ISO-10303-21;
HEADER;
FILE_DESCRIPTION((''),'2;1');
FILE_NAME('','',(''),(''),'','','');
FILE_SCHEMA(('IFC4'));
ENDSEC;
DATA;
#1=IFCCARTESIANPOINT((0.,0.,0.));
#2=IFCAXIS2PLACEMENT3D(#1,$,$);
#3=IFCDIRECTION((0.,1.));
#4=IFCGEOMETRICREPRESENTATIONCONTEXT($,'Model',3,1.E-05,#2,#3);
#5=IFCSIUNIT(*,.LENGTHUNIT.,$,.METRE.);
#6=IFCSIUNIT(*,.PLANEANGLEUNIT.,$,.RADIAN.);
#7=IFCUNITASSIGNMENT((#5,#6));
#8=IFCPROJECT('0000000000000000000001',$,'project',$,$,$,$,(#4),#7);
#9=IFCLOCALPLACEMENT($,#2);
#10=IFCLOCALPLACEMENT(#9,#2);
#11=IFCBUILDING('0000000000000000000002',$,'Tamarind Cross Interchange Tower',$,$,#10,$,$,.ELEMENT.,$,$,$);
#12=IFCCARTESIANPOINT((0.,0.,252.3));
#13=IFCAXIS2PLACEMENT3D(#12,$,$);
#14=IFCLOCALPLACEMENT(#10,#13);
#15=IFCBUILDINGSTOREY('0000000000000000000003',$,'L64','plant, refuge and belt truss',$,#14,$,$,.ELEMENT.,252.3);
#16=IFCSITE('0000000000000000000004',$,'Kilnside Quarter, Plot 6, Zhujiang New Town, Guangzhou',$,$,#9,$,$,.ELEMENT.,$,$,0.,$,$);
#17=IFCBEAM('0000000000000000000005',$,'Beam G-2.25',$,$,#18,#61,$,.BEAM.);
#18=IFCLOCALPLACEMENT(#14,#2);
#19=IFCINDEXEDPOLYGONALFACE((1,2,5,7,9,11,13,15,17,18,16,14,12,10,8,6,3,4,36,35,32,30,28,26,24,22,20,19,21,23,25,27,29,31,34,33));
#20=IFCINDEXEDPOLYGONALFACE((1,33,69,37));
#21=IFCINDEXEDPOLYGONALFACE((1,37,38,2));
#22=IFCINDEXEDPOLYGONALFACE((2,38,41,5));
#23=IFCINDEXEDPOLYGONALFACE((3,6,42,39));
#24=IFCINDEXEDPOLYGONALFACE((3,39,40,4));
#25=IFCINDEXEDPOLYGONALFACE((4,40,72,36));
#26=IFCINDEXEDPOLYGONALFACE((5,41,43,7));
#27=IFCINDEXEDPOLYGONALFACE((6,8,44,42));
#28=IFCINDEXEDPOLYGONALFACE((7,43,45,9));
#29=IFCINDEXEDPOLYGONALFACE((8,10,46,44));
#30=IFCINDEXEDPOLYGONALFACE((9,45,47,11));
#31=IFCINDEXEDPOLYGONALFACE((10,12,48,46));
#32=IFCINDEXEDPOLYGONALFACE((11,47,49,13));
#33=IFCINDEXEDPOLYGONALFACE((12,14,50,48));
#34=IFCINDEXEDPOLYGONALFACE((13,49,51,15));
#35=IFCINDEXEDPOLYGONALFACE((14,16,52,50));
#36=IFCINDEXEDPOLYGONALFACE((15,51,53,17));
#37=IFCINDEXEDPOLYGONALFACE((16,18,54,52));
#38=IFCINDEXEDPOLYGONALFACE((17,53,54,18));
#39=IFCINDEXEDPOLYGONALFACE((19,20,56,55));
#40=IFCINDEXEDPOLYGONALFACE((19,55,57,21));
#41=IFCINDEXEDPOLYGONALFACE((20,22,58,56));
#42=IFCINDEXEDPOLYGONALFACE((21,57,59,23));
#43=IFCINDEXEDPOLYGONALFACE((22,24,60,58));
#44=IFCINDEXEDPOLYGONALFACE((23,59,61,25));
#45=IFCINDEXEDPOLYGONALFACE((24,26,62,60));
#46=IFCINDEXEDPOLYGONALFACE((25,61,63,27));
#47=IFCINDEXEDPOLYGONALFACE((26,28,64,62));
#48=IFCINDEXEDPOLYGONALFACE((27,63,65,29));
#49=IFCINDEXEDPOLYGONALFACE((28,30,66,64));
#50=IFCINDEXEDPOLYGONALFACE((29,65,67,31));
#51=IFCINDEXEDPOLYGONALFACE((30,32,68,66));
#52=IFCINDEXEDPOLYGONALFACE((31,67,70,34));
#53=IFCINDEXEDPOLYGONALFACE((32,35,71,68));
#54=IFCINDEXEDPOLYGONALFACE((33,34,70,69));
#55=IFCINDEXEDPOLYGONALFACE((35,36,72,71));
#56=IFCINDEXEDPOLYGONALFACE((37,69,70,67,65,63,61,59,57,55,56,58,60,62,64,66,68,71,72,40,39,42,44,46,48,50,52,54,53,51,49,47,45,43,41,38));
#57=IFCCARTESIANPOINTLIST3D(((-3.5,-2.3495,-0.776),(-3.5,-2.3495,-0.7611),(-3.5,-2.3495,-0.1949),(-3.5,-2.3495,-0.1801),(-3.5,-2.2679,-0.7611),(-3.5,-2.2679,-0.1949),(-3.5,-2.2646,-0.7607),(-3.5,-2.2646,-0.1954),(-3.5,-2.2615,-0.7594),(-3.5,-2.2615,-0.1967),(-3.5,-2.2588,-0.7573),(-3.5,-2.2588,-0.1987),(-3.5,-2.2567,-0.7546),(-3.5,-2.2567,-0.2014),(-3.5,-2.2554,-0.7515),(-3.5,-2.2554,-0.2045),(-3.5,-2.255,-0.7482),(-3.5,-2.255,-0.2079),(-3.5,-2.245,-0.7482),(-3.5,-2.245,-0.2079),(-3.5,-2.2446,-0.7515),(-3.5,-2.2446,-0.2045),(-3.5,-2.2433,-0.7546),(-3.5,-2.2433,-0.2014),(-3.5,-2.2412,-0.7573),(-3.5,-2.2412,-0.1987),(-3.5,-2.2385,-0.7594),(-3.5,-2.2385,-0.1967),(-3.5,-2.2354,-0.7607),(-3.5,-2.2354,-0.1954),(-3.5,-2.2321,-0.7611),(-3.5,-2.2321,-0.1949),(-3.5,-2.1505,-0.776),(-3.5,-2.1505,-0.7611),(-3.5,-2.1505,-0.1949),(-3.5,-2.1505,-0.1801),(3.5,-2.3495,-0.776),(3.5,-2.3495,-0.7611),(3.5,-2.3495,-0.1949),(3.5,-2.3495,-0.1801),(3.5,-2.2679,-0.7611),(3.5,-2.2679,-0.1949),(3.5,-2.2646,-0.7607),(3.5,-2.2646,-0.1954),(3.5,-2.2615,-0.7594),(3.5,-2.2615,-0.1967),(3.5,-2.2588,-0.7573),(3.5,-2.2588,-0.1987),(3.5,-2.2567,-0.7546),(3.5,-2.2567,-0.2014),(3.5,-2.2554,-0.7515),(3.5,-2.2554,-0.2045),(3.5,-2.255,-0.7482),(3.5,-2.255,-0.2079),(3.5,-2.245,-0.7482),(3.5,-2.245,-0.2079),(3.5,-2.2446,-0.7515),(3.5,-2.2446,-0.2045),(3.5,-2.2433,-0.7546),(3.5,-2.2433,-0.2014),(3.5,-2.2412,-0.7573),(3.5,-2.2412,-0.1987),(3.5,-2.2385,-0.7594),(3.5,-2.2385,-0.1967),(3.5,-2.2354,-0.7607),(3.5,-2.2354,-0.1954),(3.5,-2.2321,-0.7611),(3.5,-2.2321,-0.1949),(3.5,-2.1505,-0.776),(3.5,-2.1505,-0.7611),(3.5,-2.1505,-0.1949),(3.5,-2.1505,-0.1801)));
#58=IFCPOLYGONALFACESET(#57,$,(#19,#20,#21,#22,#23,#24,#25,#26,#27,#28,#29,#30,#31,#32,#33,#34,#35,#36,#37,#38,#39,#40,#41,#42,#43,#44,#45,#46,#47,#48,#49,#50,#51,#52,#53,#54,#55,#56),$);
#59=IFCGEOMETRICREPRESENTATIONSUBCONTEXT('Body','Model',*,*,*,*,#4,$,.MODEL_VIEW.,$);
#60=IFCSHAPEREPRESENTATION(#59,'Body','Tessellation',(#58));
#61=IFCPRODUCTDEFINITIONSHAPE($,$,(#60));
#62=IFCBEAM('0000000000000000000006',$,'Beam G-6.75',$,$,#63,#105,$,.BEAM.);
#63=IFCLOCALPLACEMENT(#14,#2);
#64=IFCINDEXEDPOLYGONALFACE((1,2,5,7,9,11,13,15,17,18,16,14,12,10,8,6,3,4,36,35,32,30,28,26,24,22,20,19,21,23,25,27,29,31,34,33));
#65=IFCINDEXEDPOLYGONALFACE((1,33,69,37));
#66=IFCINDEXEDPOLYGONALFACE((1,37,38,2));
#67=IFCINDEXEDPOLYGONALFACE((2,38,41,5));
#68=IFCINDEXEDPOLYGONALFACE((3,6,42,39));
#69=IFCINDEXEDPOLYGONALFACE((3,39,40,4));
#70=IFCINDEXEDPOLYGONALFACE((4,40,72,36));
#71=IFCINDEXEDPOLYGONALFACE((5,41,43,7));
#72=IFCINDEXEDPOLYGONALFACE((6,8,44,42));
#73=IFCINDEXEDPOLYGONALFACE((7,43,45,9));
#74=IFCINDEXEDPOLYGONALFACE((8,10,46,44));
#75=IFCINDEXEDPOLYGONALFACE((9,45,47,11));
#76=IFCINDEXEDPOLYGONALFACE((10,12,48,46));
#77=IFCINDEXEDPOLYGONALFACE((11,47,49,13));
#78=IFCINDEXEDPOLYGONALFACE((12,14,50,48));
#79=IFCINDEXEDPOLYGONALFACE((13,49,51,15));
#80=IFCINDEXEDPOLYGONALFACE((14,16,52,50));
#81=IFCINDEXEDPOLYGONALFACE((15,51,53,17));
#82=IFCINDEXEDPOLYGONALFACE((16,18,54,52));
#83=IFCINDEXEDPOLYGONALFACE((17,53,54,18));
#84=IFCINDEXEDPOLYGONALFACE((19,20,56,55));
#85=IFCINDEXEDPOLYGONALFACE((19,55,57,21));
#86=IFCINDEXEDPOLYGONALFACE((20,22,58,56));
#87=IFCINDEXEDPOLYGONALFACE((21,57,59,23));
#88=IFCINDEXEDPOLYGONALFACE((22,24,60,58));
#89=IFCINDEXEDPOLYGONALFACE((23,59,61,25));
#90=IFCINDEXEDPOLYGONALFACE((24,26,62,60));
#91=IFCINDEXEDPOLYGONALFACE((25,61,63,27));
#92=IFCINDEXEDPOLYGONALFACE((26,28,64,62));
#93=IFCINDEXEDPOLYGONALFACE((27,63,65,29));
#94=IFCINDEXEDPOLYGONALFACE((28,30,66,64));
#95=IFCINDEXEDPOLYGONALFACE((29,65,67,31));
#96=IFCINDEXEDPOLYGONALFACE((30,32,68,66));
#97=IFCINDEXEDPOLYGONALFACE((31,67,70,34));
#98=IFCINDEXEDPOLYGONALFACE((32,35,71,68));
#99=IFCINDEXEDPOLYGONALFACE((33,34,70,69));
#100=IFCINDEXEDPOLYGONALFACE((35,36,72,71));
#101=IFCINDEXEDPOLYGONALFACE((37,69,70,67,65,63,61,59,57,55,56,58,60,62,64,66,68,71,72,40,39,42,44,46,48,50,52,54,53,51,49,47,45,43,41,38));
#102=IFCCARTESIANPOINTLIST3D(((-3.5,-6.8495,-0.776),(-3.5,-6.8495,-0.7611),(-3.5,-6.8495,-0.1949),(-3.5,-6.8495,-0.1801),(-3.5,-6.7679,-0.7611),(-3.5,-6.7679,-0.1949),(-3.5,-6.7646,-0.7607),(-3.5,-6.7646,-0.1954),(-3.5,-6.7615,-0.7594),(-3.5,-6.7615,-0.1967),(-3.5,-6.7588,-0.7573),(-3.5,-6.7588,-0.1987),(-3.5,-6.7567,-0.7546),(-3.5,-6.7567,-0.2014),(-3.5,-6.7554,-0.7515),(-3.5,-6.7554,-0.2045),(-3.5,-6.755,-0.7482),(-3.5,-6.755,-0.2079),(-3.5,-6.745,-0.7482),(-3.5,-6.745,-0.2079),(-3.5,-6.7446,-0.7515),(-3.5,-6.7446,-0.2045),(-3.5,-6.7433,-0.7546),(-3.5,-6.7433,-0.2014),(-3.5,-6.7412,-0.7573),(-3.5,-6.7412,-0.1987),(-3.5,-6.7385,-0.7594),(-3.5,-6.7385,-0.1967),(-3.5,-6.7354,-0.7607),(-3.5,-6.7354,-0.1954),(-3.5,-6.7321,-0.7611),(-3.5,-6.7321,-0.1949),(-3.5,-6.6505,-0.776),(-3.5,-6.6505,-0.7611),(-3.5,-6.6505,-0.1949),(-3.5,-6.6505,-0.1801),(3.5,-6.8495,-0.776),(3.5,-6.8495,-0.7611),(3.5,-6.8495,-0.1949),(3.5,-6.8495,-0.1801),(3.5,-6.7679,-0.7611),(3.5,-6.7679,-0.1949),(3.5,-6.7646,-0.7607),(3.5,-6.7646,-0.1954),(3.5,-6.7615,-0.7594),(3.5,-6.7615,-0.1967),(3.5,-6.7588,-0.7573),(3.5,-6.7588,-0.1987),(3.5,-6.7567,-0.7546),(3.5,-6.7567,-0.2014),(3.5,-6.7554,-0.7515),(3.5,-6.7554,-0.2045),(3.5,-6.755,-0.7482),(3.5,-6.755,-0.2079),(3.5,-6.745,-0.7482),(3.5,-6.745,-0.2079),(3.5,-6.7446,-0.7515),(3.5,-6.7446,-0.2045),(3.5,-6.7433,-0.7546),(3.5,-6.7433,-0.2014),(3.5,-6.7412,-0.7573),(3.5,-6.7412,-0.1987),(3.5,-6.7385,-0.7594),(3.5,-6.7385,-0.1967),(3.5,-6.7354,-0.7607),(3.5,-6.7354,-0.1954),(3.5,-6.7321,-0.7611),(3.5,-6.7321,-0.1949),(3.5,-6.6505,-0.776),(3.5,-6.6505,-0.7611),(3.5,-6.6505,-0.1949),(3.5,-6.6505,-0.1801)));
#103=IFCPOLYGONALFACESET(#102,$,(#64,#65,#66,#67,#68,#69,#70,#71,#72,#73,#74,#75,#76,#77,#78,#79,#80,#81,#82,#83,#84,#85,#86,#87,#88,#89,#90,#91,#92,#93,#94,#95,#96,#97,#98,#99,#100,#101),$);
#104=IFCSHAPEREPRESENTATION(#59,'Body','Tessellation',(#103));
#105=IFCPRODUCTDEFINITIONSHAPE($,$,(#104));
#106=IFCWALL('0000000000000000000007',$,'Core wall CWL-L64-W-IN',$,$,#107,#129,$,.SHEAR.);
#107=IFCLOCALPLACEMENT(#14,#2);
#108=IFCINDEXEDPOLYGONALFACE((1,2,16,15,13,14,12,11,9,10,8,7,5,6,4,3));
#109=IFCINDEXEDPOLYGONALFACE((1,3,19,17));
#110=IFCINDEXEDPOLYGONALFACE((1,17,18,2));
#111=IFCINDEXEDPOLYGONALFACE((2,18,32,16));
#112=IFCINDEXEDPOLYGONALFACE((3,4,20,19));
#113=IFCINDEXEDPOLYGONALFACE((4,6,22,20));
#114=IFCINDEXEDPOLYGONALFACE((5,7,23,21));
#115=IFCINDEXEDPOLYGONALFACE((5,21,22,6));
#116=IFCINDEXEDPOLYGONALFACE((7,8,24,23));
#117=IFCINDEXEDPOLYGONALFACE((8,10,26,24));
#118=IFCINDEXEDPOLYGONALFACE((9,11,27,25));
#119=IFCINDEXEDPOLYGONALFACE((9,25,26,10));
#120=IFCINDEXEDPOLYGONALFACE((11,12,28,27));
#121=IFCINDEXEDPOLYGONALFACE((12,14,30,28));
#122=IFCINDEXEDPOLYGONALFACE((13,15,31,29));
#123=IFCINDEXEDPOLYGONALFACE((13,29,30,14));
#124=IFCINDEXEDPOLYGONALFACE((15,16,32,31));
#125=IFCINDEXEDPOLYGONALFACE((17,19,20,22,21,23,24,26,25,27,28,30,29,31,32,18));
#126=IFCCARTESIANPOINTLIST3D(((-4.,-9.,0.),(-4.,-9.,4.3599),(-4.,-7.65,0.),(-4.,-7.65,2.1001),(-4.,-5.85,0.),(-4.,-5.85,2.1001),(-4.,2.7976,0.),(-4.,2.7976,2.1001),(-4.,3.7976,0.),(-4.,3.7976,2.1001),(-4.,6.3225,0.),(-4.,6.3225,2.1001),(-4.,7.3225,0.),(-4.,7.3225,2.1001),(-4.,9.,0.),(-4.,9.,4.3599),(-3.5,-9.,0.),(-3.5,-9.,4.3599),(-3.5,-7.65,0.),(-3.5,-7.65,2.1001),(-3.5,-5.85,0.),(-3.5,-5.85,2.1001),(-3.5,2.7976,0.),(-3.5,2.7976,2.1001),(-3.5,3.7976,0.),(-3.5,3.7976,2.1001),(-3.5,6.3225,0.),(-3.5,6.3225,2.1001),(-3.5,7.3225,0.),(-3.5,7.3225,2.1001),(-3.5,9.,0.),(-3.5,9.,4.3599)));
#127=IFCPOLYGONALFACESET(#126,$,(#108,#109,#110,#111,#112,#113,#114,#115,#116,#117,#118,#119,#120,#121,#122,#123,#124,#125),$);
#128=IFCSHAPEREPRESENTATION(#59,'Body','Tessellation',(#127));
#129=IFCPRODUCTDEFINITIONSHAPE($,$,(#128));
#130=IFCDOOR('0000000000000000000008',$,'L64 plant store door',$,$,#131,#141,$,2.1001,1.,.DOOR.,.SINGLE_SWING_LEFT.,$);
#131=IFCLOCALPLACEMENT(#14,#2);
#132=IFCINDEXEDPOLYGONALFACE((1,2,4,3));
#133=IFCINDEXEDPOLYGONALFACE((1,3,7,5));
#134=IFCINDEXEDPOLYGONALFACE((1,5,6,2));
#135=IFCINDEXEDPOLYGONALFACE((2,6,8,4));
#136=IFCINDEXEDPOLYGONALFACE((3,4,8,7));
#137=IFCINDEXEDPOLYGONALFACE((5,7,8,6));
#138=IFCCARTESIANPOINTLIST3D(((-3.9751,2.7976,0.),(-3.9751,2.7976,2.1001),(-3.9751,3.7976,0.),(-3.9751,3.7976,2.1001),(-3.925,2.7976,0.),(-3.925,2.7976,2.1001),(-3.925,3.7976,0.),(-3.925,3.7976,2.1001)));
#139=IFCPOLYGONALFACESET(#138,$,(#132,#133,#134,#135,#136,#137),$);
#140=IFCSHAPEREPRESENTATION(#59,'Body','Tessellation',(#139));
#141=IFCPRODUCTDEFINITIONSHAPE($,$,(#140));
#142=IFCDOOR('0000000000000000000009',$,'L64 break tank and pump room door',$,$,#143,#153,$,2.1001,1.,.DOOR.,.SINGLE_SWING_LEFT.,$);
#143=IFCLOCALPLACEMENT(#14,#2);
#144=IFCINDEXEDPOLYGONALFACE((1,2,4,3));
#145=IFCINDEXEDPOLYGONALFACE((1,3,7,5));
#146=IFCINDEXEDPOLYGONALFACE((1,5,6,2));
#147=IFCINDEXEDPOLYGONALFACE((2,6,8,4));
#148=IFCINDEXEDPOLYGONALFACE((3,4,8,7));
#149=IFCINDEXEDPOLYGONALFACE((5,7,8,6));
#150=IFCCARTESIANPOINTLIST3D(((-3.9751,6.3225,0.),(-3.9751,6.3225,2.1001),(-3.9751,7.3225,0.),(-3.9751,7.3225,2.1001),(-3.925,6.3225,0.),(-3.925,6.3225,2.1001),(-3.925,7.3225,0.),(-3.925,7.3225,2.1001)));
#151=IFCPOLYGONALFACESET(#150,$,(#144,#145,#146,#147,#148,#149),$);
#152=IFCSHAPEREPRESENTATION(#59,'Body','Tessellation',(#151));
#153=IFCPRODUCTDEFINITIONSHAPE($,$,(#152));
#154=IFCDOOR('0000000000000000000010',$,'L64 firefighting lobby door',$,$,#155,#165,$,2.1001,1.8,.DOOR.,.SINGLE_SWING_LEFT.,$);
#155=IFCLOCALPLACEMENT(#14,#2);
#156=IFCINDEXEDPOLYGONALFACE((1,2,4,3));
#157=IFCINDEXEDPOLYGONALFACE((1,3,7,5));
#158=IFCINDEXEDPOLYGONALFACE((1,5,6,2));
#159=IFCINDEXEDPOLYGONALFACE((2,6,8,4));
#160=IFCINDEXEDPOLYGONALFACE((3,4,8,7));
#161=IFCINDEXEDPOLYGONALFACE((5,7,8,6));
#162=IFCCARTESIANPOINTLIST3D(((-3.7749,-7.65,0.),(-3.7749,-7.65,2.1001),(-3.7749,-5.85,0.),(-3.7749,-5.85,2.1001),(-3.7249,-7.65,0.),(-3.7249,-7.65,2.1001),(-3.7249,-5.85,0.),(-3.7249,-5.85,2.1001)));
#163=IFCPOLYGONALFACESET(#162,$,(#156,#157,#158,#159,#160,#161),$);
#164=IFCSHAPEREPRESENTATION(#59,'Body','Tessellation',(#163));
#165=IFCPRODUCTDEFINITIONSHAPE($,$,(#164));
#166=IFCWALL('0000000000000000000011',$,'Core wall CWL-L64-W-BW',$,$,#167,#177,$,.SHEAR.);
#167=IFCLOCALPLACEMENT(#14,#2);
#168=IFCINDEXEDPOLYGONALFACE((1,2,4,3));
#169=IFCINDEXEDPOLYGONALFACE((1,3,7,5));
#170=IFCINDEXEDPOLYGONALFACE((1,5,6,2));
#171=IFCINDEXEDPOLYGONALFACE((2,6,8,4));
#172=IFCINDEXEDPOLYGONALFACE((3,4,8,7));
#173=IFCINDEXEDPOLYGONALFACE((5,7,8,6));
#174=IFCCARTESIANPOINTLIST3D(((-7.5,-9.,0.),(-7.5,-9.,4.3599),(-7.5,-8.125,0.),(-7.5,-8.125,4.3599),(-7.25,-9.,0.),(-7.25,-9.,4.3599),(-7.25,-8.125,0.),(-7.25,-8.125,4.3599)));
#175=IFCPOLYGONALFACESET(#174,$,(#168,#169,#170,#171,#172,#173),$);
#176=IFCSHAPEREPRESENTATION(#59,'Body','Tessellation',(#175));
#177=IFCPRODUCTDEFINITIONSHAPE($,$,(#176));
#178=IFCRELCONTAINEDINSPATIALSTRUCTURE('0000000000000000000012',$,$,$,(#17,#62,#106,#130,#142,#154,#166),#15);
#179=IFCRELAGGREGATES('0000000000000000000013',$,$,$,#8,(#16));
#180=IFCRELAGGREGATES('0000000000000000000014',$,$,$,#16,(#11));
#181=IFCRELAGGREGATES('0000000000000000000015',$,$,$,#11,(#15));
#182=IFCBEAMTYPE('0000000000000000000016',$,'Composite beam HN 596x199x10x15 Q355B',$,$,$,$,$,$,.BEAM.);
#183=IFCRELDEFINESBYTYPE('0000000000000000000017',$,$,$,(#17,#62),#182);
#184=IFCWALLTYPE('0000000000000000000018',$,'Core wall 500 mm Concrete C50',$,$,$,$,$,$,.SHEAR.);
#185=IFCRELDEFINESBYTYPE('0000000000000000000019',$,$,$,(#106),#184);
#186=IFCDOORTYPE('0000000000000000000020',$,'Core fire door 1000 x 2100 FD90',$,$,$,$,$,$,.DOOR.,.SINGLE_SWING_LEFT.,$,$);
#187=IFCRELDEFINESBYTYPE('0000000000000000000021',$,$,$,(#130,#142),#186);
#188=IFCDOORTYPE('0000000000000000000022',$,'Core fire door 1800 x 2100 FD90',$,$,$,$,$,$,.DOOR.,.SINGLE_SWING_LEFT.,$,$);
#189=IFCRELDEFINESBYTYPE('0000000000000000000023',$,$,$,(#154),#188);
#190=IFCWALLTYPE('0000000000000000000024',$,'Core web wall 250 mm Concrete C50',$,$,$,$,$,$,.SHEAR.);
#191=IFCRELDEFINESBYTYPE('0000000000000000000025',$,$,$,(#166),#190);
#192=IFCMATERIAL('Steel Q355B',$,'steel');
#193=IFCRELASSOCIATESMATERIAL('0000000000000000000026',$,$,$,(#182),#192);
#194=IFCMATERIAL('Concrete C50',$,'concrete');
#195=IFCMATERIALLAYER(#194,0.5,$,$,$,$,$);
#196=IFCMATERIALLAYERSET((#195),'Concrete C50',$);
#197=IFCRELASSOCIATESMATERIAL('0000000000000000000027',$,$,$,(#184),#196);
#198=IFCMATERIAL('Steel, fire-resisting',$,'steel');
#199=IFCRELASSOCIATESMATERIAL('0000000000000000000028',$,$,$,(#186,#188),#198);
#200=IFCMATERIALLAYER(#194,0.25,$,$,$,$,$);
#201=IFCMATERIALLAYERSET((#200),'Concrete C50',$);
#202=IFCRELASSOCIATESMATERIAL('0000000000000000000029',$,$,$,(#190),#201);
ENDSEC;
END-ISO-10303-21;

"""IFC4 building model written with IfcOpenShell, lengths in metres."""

from ifc_helpers import new_model, si_unit, direction, frame, frame_2d, origin, origin_2d, place, context, subcontext, project, spatial, rectangle, i_section, extrude, material, layer, layer_set, material_profile, profile_set, type_object, element, fill, save


model = new_model("IFC4")

# Units and contexts
model_context = context("Model", 3, precision=1e-05, world=origin(), true_north=direction((0.0, 1.0)))
body_context = subcontext(model_context, "Body", "Model", "MODEL_VIEW")
ifc_project = project(units=[si_unit("LENGTHUNIT", "METRE"), si_unit("PLANEANGLEUNIT", "RADIAN")], contexts=[model_context])

# Site, building, storey
site_placement = place(None, origin())
site = spatial("IfcSite", under=ifc_project, at=site_placement, Name="Kilnside Quarter, Plot 6, Zhujiang New Town, Guangzhou", CompositionType="ELEMENT", RefElevation=0.0)
building_placement = place(site_placement, origin())
building = spatial("IfcBuilding", under=site, at=building_placement, Name="Tamarind Cross Interchange Tower", CompositionType="ELEMENT")
storey_placement = place(building_placement, frame((0.0, 0.0, 252.3)))
storey = spatial("IfcBuildingStorey", under=building, at=storey_placement, Name="L64", Description="plant, refuge and belt truss", CompositionType="ELEMENT", Elevation=252.3)

# Beams
ifc_material_1 = material(Name="Steel Q355B", Category="steel")
ifc_material_profile = material_profile(ifc_material_1, i_section(OverallWidth=0.199, OverallDepth=0.5959, WebThickness=0.01, FlangeThickness=0.0149, FilletRadius=0.0129, at=origin_2d()), Name="HN 596x199x10x15")
ifc_profile_set = profile_set([ifc_material_profile], Name="Steel Q355B")
beam_type = type_object("IfcBeamType", Name="Composite beam HN 596x199x10x15 Q355B", PredefinedType="BEAM", material=ifc_profile_set)
for number, where, z_axis, x_axis, name in (
    (1, (-3.5, -2.25, -0.478), (1.0, 0.0, 0.0), (0.0, 1.0, 0.0), "Beam G-2.25"),
    (2, (-3.5, -6.75, -0.478), (1.0, 0.0, 0.0), (0.0, 1.0, 0.0), "Beam G-6.75"),
):
    element("IfcBeam", number, at=place(storey_placement, frame(where, z_axis=z_axis, x_axis=x_axis)), inside=storey, type_object=beam_type, Name=name, PredefinedType="BEAM", context=body_context, shape_type="SweptSolid", body=[
        extrude(i_section(OverallWidth=0.199, OverallDepth=0.5959, WebThickness=0.01, FlangeThickness=0.0149, FilletRadius=0.0129, at=origin_2d()), origin(), (0.0, 0.0, 1.0), 7.0),
    ])

# Wall, openings, doors
ifc_material_2 = material(Name="Concrete C50", Category="concrete")
ifc_layer_1 = layer(ifc_material_2, 0.5)
ifc_layer_set_1 = layer_set([ifc_layer_1], Name="Concrete C50")
wall_type_1 = type_object("IfcWallType", Name="Core wall 500 mm Concrete C50", PredefinedType="SHEAR", material=ifc_layer_set_1)
wall_1_placement = place(storey_placement, frame((-3.75, -9.0, 0.0), z_axis=(0.0, 0.0, 1.0), x_axis=(0.0, 1.0, 0.0)))
wall_1 = element("IfcWall", 3, at=wall_1_placement, inside=storey, type_object=wall_type_1, Name="Core wall CWL-L64-W-IN", PredefinedType="SHEAR", context=body_context, shape_type="SweptSolid", body=[
    extrude(rectangle(XDim=18.0, YDim=0.5, at=frame_2d((9.0, 0.0))), origin(), (0.0, 0.0, 1.0), 4.3599),
])
opening_1_placement = place(wall_1_placement, frame((1.3501, 0.0, 0.0)))
opening_1 = element("IfcOpeningElement", 4, at=opening_1_placement, cuts=wall_1, PredefinedType="OPENING", context=body_context, shape_type="SweptSolid", body=[
    extrude(rectangle(XDim=1.8, YDim=2.1001, at=frame_2d((0.8999, 1.05))), frame((0.0, 0.26, 0.0), z_axis=(0.0, -1.0, 0.0), x_axis=(1.0, 0.0, 0.0)), (0.0, 0.0, 1.0), 0.52),
])
opening_2_placement = place(wall_1_placement, frame((11.7976, 0.0, 0.0)))
opening_2 = element("IfcOpeningElement", 5, at=opening_2_placement, cuts=wall_1, PredefinedType="OPENING", context=body_context, shape_type="SweptSolid", body=[
    extrude(rectangle(XDim=1.0, YDim=2.1001, at=frame_2d((0.5, 1.05))), frame((0.0, 0.26, 0.0), z_axis=(0.0, -1.0, 0.0), x_axis=(1.0, 0.0, 0.0)), (0.0, 0.0, 1.0), 0.52),
])
opening_3_placement = place(wall_1_placement, frame((15.3225, 0.0, 0.0)))
opening_3 = element("IfcOpeningElement", 6, at=opening_3_placement, cuts=wall_1, PredefinedType="OPENING", context=body_context, shape_type="SweptSolid", body=[
    extrude(rectangle(XDim=1.0, YDim=2.1001, at=frame_2d((0.5, 1.05))), frame((0.0, 0.26, 0.0), z_axis=(0.0, -1.0, 0.0), x_axis=(1.0, 0.0, 0.0)), (0.0, 0.0, 1.0), 0.52),
])
ifc_material_3 = material(Name="Steel, fire-resisting", Category="steel")
door_type_1 = type_object("IfcDoorType", Name="Core fire door 1000 x 2100 FD90", OperationType="SINGLE_SWING_LEFT", PredefinedType="DOOR", material=ifc_material_3)
door_1_placement = place(opening_2_placement, origin())
door_1 = element("IfcDoor", 7, at=door_1_placement, inside=storey, type_object=door_type_1, Name="L64 plant store door", OperationType="SINGLE_SWING_LEFT", OverallHeight=2.1001, OverallWidth=1.0, PredefinedType="DOOR", context=body_context, shape_type="SweptSolid", body=[
    extrude(rectangle(XDim=1.0, YDim=2.1001, at=frame_2d((0.5, 1.05))), frame((0.0, 0.2251, 0.0), z_axis=(0.0, -1.0, 0.0), x_axis=(1.0, 0.0, 0.0)), (0.0, 0.0, 1.0), 0.05),
])
fill(opening_2, door_1)
door_2_placement = place(opening_3_placement, origin())
door_2 = element("IfcDoor", 8, at=door_2_placement, inside=storey, type_object=door_type_1, Name="L64 break tank and pump room door", OperationType="SINGLE_SWING_LEFT", OverallHeight=2.1001, OverallWidth=1.0, PredefinedType="DOOR", context=body_context, shape_type="SweptSolid", body=[
    extrude(rectangle(XDim=1.0, YDim=2.1001, at=frame_2d((0.5, 1.05))), frame((0.0, 0.2251, 0.0), z_axis=(0.0, -1.0, 0.0), x_axis=(1.0, 0.0, 0.0)), (0.0, 0.0, 1.0), 0.05),
])
fill(opening_3, door_2)
door_type_2 = type_object("IfcDoorType", Name="Core fire door 1800 x 2100 FD90", OperationType="SINGLE_SWING_LEFT", PredefinedType="DOOR", material=ifc_material_3)
door_3_placement = place(opening_1_placement, origin())
door_3 = element("IfcDoor", 9, at=door_3_placement, inside=storey, type_object=door_type_2, Name="L64 firefighting lobby door", OperationType="SINGLE_SWING_LEFT", OverallHeight=2.1001, OverallWidth=1.8, PredefinedType="DOOR", context=body_context, shape_type="SweptSolid", body=[
    extrude(rectangle(XDim=1.8, YDim=2.1001, at=frame_2d((0.8999, 1.05))), frame((0.0, 0.0249, 0.0), z_axis=(0.0, -1.0, 0.0), x_axis=(1.0, 0.0, 0.0)), (0.0, 0.0, 1.0), 0.05),
])
fill(opening_1, door_3)

# Wall
ifc_layer_2 = layer(ifc_material_2, 0.25)
ifc_layer_set_2 = layer_set([ifc_layer_2], Name="Concrete C50")
wall_type_2 = type_object("IfcWallType", Name="Core web wall 250 mm Concrete C50", PredefinedType="SHEAR", material=ifc_layer_set_2)
wall_2_placement = place(storey_placement, frame((-7.375, -9.0, 0.0), z_axis=(0.0, 0.0, 1.0), x_axis=(0.0, 1.0, 0.0)))
element("IfcWall", 10, at=wall_2_placement, inside=storey, type_object=wall_type_2, Name="Core wall CWL-L64-W-BW", PredefinedType="SHEAR", context=body_context, shape_type="SweptSolid", body=[
    extrude(rectangle(XDim=0.875, YDim=0.25, at=frame_2d((0.4375, 0.0))), origin(), (0.0, 0.0, 1.0), 4.3599),
])

save(model, "model.ifc")
